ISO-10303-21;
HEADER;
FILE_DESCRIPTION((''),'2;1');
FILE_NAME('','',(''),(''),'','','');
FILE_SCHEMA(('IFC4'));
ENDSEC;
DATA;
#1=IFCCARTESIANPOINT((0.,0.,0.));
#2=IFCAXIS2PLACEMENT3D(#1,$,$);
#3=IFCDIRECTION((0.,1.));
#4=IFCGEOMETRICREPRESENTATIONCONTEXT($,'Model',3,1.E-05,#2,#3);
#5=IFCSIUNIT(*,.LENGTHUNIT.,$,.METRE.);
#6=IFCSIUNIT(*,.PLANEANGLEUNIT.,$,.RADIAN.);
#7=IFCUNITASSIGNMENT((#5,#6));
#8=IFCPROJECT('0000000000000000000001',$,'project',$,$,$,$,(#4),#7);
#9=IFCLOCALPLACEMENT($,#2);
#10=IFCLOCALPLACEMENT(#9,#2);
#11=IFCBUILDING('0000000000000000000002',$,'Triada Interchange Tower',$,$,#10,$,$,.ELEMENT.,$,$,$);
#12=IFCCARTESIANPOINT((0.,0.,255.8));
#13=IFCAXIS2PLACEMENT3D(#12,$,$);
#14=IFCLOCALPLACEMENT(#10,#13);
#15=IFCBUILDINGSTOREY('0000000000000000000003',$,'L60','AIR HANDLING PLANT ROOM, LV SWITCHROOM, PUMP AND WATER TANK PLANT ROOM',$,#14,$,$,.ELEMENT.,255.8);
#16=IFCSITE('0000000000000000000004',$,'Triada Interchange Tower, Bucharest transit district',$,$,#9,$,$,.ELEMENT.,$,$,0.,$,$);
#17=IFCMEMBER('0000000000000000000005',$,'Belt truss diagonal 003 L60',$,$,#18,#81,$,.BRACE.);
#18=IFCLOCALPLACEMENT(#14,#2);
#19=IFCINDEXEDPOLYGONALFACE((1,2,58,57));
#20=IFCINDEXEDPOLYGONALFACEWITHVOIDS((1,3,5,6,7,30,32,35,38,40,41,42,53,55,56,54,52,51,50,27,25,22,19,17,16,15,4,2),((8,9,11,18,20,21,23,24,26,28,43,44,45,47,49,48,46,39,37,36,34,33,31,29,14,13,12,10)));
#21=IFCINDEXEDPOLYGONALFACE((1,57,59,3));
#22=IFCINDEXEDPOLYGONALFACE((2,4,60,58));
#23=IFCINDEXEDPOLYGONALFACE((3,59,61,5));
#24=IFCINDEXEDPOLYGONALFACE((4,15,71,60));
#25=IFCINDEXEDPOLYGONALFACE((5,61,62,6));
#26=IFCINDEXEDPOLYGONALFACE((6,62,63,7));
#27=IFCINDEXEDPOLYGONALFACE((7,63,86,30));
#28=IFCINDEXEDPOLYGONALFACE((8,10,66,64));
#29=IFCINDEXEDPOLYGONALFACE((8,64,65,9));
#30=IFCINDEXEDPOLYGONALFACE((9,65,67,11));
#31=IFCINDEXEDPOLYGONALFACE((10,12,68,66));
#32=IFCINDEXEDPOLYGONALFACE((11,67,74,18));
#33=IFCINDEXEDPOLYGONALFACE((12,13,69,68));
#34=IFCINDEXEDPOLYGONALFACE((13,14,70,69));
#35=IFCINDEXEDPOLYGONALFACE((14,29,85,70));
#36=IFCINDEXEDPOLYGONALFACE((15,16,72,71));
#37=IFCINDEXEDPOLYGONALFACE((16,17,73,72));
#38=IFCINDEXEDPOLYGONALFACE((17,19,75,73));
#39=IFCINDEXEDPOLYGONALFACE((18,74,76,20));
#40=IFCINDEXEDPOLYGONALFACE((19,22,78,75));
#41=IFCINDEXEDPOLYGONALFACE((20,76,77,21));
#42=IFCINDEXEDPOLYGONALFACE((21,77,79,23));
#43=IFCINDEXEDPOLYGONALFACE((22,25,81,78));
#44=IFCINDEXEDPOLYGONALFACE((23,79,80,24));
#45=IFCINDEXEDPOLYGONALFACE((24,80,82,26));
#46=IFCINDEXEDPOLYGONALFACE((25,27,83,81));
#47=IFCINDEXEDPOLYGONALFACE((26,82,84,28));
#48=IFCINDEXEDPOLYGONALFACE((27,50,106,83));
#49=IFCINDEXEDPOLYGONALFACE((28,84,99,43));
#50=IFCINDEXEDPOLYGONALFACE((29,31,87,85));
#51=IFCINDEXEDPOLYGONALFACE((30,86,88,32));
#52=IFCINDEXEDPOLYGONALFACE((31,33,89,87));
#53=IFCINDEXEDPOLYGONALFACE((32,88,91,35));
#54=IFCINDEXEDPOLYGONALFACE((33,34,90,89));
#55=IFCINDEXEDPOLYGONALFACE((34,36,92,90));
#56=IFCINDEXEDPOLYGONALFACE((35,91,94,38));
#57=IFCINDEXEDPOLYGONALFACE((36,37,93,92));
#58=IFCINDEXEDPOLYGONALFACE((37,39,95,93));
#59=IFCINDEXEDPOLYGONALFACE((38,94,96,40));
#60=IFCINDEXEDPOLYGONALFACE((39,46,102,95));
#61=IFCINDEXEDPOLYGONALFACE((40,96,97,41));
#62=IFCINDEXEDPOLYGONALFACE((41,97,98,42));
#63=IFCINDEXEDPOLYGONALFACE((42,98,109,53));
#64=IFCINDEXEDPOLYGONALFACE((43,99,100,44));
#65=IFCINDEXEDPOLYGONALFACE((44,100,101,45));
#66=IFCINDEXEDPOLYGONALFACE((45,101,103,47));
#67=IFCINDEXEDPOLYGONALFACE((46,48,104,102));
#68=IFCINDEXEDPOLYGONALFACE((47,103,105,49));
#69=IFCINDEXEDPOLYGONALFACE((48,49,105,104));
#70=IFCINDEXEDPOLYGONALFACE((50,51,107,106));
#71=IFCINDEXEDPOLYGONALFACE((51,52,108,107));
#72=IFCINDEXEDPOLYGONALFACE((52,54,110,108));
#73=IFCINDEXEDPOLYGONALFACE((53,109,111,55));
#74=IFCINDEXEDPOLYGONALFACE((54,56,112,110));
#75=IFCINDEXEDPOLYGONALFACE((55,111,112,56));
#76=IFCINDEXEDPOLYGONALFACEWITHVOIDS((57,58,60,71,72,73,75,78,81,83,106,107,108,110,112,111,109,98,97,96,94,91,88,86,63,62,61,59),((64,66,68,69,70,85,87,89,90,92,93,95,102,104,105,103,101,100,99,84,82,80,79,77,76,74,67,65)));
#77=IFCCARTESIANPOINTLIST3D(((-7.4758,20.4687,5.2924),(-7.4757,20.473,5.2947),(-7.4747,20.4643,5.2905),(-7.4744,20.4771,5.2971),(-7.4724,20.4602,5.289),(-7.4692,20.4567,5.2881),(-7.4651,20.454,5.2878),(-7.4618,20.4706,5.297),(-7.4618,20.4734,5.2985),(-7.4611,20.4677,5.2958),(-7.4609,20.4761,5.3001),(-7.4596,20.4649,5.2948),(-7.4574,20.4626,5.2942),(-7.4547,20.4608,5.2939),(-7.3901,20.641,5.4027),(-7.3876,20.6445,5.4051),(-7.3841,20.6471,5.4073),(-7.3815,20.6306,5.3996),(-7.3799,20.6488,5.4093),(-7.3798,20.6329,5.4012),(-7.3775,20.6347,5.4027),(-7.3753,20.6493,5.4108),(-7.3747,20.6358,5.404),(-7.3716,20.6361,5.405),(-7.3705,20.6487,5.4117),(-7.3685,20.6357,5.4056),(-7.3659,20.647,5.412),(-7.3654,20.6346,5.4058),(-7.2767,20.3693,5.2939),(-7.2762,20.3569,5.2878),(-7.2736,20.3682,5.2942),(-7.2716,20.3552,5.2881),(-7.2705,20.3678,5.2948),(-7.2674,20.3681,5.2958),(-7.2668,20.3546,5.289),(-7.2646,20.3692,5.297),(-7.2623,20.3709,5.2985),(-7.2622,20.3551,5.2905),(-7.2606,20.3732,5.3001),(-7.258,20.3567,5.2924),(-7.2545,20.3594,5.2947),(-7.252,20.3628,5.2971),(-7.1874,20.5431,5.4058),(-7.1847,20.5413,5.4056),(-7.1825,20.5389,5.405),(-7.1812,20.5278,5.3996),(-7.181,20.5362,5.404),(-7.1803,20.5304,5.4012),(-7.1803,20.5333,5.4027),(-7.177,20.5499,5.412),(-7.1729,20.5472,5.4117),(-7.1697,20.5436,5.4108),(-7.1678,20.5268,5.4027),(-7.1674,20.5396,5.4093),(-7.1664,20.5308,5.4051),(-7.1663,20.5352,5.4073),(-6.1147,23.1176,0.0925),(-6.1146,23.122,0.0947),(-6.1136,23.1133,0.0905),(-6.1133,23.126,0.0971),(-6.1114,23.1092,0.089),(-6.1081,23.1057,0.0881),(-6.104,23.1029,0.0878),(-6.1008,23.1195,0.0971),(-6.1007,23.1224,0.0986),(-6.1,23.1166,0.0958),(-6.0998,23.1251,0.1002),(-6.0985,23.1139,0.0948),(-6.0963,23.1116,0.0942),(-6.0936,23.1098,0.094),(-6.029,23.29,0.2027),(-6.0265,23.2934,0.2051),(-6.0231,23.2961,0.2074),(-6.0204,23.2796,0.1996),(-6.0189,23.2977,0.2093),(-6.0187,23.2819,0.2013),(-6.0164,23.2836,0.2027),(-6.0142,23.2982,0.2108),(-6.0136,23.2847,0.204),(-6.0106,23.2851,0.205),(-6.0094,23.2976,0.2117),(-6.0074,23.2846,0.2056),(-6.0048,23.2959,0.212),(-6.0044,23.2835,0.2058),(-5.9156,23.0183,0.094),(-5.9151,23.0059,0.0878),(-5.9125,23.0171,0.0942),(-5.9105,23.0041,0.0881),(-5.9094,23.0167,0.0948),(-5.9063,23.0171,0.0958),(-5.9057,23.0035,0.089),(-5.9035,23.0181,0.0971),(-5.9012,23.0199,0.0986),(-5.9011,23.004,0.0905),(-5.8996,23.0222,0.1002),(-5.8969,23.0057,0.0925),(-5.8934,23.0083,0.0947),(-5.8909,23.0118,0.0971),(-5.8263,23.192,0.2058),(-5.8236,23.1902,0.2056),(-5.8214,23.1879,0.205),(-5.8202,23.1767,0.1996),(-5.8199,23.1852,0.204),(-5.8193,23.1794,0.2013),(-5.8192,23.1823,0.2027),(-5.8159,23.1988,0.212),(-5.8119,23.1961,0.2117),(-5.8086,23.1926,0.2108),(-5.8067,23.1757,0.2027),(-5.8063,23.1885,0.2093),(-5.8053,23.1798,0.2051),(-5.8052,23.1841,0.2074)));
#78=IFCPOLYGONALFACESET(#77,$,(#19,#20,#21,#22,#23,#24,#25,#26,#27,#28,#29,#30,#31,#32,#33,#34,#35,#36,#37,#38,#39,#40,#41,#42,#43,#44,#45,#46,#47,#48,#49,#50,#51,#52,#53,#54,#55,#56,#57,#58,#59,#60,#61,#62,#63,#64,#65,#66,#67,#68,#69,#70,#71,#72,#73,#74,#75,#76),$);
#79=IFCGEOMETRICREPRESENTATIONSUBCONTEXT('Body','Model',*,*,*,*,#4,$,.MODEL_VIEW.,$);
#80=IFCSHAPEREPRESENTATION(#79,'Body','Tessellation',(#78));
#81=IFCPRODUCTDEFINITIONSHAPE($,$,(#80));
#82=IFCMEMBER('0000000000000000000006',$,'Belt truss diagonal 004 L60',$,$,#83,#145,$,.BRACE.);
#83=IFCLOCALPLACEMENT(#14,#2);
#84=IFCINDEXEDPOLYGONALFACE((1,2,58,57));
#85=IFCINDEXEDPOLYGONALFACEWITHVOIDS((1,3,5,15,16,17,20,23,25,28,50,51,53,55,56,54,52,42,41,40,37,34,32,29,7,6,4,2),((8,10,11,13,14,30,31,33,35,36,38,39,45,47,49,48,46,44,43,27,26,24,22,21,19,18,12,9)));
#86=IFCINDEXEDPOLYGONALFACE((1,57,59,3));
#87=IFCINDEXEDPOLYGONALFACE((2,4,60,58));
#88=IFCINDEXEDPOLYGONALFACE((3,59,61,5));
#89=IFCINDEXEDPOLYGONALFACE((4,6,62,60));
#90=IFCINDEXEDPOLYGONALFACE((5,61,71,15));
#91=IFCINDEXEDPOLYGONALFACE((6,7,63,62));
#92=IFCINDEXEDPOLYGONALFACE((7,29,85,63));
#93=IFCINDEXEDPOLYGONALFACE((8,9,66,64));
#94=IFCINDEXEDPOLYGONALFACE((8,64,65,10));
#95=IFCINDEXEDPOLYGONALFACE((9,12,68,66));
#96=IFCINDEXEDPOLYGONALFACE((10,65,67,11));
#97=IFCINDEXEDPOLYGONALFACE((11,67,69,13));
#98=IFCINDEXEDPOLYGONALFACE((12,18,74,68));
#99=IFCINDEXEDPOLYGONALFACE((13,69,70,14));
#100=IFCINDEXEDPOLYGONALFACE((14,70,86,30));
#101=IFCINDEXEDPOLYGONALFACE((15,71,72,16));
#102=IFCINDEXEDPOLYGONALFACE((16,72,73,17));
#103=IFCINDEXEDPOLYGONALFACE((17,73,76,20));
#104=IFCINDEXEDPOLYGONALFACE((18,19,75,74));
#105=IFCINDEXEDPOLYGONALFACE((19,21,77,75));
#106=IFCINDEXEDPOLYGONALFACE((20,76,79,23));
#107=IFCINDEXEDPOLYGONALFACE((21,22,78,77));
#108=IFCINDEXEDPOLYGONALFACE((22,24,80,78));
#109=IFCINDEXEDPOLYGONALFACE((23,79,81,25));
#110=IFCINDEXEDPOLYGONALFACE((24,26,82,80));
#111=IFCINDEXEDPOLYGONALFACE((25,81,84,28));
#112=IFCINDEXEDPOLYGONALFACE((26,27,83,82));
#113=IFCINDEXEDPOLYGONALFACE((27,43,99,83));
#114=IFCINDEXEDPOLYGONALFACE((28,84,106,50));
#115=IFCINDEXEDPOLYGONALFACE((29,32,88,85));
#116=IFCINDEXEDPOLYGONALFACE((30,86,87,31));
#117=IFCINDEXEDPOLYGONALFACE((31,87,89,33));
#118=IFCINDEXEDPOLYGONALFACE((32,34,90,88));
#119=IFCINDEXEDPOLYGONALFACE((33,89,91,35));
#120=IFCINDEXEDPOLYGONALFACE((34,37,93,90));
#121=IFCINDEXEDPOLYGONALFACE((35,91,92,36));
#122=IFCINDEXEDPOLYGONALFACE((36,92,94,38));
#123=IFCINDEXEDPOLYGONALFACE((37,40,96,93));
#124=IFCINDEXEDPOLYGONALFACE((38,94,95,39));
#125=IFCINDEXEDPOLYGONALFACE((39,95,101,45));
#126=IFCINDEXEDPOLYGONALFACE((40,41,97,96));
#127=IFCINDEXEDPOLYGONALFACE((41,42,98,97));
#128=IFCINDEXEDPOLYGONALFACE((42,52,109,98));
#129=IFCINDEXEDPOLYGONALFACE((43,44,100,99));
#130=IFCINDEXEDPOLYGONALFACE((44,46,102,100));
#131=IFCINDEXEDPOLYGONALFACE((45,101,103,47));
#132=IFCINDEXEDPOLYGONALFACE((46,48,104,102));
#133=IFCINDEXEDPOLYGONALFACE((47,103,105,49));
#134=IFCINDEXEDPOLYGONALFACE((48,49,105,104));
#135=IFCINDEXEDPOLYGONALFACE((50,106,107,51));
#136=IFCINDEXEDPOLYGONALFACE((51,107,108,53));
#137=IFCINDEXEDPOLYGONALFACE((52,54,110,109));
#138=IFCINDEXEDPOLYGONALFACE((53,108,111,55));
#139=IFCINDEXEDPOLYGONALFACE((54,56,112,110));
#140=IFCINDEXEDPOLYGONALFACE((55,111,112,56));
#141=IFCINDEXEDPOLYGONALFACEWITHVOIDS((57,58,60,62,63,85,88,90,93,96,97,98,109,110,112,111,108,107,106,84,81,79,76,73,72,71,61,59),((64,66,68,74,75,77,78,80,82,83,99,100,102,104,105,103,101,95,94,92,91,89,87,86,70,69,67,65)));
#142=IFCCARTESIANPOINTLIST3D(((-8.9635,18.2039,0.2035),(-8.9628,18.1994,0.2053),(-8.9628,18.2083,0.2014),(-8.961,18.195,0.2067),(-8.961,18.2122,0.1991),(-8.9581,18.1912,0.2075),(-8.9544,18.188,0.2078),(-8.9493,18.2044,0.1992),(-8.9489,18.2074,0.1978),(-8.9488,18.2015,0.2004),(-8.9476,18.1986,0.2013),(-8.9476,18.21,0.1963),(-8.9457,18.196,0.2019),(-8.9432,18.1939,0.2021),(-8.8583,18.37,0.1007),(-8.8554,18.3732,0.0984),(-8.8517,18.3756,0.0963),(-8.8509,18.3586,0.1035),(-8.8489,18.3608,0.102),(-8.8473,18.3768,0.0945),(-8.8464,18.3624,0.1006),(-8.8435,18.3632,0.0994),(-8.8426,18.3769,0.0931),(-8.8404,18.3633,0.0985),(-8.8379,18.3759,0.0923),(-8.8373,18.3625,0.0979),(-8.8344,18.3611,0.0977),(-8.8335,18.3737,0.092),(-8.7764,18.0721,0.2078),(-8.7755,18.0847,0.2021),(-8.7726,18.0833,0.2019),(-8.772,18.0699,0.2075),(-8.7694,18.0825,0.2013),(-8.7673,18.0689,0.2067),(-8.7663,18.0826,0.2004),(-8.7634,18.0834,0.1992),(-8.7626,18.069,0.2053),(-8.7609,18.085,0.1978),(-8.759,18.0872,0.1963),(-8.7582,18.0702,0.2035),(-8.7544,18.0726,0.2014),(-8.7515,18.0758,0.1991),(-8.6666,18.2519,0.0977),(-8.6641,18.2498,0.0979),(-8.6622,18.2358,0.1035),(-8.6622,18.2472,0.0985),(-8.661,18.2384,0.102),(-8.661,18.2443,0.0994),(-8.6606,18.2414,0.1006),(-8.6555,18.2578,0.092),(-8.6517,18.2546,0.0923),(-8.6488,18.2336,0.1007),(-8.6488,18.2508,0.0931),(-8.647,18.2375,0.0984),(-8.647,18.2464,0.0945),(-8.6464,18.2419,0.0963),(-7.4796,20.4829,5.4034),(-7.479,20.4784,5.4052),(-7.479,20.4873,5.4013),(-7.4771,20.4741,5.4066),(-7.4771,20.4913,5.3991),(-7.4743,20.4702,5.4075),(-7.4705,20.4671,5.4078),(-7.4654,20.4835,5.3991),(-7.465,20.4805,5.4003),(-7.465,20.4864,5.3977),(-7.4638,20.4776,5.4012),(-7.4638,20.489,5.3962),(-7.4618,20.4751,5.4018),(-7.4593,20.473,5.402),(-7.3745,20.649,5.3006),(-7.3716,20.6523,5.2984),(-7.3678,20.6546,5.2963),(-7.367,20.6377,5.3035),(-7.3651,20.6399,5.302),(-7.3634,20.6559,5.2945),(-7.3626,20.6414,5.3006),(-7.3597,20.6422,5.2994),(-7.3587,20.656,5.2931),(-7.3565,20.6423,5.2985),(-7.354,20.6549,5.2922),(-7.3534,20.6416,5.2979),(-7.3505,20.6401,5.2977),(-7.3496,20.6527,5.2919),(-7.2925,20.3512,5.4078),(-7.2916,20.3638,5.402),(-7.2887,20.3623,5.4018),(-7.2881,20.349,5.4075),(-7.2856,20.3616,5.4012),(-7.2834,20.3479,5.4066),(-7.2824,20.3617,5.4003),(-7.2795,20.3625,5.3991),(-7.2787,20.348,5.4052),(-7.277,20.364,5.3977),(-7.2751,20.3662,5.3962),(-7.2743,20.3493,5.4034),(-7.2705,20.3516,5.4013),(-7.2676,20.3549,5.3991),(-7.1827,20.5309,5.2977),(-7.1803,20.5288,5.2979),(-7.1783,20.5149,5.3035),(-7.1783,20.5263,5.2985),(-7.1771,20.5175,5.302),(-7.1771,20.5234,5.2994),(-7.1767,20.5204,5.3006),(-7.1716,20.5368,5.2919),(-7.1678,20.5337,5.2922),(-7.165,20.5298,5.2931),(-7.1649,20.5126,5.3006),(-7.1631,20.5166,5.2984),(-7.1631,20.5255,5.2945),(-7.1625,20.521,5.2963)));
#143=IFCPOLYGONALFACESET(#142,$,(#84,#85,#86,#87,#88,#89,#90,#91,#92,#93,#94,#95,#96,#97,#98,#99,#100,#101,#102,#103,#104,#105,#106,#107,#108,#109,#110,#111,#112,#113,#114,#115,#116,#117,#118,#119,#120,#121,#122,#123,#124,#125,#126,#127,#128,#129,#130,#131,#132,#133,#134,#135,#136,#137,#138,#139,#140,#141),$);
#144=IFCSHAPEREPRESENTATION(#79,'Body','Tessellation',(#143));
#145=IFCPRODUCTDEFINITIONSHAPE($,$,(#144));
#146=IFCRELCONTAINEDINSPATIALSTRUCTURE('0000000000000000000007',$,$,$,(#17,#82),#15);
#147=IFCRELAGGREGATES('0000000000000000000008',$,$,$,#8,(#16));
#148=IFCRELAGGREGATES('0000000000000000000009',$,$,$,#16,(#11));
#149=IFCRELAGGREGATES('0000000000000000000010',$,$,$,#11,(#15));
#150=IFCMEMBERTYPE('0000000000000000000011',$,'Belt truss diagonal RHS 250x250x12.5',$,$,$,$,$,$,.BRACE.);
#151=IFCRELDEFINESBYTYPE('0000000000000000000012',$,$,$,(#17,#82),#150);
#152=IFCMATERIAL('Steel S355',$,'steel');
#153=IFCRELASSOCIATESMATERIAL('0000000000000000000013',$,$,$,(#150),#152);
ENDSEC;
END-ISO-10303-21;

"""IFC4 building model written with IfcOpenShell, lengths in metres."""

from ifc_helpers import new_model, si_unit, direction, frame, origin, origin_2d, place, context, subcontext, project, spatial, hollow_rectangle, extrude, material, material_profile, profile_set, type_object, element, save


model = new_model("IFC4")

# Units and contexts
model_context = context("Model", 3, precision=1e-05, world=origin(), true_north=direction((0.0, 1.0)))
body_context = subcontext(model_context, "Body", "Model", "MODEL_VIEW")
ifc_project = project(units=[si_unit("LENGTHUNIT", "METRE"), si_unit("PLANEANGLEUNIT", "RADIAN")], contexts=[model_context])

# Site, building, storey
site_placement = place(None, origin())
site = spatial("IfcSite", under=ifc_project, at=site_placement, Name="Triada Interchange Tower, Bucharest transit district", CompositionType="ELEMENT", RefElevation=0.0)
building_placement = place(site_placement, origin())
building = spatial("IfcBuilding", under=site, at=building_placement, Name="Triada Interchange Tower", CompositionType="ELEMENT")
storey_placement = place(building_placement, frame((0.0, 0.0, 255.8)))
storey = spatial("IfcBuildingStorey", under=building, at=storey_placement, Name="L60", Description="AIR HANDLING PLANT ROOM, LV SWITCHROOM, PUMP AND WATER TANK PLANT ROOM", CompositionType="ELEMENT", Elevation=255.8)

# Members
ifc_material_1 = material(Name="Steel S355", Category="steel")
ifc_material_profile_1 = material_profile(ifc_material_1, hollow_rectangle(XDim=0.25, YDim=0.25, WallThickness=0.0125, InnerFilletRadius=0.0125, OuterFilletRadius=0.0188, at=origin_2d()), Name="RHS 250x250x12.5")
ifc_profile_set_1 = profile_set([ifc_material_profile_1], Name="Steel S355")
member_type = type_object("IfcMemberType", Name="Belt truss diagonal RHS 250x250x12.5", PredefinedType="BRACE", material=ifc_profile_set_1)
member_1_placement = place(storey_placement, frame((-5.96, 23.1509, 0.1499), z_axis=(-0.227135, -0.442048, 0.867758), x_axis=(0.889454, -0.457024, 0.0)))
element("IfcMember", 1, at=member_1_placement, inside=storey, type_object=member_type, Name="Belt truss diagonal 003 L60", PredefinedType="BRACE", context=body_context, shape_type="SweptSolid", body=[
    extrude(hollow_rectangle(XDim=0.25, YDim=0.25, WallThickness=0.0125, InnerFilletRadius=0.0125, OuterFilletRadius=0.0188, at=origin_2d()), origin(), (0.0, 0.0, 1.0), 5.9924),
])
member_2_placement = place(storey_placement, frame((-8.8049, 18.2229, 0.1499), z_axis=(0.25287, 0.388375, 0.886127), x_axis=(-0.838023, 0.545635, 0.0)))
element("IfcMember", 2, at=member_2_placement, inside=storey, type_object=member_type, Name="Belt truss diagonal 004 L60", PredefinedType="BRACE", context=body_context, shape_type="SweptSolid", body=[
    extrude(hollow_rectangle(XDim=0.25, YDim=0.25, WallThickness=0.0125, InnerFilletRadius=0.0125, OuterFilletRadius=0.0188, at=origin_2d()), origin(), (0.0, 0.0, 1.0), 5.8682),
])

save(model, "model.ifc")
